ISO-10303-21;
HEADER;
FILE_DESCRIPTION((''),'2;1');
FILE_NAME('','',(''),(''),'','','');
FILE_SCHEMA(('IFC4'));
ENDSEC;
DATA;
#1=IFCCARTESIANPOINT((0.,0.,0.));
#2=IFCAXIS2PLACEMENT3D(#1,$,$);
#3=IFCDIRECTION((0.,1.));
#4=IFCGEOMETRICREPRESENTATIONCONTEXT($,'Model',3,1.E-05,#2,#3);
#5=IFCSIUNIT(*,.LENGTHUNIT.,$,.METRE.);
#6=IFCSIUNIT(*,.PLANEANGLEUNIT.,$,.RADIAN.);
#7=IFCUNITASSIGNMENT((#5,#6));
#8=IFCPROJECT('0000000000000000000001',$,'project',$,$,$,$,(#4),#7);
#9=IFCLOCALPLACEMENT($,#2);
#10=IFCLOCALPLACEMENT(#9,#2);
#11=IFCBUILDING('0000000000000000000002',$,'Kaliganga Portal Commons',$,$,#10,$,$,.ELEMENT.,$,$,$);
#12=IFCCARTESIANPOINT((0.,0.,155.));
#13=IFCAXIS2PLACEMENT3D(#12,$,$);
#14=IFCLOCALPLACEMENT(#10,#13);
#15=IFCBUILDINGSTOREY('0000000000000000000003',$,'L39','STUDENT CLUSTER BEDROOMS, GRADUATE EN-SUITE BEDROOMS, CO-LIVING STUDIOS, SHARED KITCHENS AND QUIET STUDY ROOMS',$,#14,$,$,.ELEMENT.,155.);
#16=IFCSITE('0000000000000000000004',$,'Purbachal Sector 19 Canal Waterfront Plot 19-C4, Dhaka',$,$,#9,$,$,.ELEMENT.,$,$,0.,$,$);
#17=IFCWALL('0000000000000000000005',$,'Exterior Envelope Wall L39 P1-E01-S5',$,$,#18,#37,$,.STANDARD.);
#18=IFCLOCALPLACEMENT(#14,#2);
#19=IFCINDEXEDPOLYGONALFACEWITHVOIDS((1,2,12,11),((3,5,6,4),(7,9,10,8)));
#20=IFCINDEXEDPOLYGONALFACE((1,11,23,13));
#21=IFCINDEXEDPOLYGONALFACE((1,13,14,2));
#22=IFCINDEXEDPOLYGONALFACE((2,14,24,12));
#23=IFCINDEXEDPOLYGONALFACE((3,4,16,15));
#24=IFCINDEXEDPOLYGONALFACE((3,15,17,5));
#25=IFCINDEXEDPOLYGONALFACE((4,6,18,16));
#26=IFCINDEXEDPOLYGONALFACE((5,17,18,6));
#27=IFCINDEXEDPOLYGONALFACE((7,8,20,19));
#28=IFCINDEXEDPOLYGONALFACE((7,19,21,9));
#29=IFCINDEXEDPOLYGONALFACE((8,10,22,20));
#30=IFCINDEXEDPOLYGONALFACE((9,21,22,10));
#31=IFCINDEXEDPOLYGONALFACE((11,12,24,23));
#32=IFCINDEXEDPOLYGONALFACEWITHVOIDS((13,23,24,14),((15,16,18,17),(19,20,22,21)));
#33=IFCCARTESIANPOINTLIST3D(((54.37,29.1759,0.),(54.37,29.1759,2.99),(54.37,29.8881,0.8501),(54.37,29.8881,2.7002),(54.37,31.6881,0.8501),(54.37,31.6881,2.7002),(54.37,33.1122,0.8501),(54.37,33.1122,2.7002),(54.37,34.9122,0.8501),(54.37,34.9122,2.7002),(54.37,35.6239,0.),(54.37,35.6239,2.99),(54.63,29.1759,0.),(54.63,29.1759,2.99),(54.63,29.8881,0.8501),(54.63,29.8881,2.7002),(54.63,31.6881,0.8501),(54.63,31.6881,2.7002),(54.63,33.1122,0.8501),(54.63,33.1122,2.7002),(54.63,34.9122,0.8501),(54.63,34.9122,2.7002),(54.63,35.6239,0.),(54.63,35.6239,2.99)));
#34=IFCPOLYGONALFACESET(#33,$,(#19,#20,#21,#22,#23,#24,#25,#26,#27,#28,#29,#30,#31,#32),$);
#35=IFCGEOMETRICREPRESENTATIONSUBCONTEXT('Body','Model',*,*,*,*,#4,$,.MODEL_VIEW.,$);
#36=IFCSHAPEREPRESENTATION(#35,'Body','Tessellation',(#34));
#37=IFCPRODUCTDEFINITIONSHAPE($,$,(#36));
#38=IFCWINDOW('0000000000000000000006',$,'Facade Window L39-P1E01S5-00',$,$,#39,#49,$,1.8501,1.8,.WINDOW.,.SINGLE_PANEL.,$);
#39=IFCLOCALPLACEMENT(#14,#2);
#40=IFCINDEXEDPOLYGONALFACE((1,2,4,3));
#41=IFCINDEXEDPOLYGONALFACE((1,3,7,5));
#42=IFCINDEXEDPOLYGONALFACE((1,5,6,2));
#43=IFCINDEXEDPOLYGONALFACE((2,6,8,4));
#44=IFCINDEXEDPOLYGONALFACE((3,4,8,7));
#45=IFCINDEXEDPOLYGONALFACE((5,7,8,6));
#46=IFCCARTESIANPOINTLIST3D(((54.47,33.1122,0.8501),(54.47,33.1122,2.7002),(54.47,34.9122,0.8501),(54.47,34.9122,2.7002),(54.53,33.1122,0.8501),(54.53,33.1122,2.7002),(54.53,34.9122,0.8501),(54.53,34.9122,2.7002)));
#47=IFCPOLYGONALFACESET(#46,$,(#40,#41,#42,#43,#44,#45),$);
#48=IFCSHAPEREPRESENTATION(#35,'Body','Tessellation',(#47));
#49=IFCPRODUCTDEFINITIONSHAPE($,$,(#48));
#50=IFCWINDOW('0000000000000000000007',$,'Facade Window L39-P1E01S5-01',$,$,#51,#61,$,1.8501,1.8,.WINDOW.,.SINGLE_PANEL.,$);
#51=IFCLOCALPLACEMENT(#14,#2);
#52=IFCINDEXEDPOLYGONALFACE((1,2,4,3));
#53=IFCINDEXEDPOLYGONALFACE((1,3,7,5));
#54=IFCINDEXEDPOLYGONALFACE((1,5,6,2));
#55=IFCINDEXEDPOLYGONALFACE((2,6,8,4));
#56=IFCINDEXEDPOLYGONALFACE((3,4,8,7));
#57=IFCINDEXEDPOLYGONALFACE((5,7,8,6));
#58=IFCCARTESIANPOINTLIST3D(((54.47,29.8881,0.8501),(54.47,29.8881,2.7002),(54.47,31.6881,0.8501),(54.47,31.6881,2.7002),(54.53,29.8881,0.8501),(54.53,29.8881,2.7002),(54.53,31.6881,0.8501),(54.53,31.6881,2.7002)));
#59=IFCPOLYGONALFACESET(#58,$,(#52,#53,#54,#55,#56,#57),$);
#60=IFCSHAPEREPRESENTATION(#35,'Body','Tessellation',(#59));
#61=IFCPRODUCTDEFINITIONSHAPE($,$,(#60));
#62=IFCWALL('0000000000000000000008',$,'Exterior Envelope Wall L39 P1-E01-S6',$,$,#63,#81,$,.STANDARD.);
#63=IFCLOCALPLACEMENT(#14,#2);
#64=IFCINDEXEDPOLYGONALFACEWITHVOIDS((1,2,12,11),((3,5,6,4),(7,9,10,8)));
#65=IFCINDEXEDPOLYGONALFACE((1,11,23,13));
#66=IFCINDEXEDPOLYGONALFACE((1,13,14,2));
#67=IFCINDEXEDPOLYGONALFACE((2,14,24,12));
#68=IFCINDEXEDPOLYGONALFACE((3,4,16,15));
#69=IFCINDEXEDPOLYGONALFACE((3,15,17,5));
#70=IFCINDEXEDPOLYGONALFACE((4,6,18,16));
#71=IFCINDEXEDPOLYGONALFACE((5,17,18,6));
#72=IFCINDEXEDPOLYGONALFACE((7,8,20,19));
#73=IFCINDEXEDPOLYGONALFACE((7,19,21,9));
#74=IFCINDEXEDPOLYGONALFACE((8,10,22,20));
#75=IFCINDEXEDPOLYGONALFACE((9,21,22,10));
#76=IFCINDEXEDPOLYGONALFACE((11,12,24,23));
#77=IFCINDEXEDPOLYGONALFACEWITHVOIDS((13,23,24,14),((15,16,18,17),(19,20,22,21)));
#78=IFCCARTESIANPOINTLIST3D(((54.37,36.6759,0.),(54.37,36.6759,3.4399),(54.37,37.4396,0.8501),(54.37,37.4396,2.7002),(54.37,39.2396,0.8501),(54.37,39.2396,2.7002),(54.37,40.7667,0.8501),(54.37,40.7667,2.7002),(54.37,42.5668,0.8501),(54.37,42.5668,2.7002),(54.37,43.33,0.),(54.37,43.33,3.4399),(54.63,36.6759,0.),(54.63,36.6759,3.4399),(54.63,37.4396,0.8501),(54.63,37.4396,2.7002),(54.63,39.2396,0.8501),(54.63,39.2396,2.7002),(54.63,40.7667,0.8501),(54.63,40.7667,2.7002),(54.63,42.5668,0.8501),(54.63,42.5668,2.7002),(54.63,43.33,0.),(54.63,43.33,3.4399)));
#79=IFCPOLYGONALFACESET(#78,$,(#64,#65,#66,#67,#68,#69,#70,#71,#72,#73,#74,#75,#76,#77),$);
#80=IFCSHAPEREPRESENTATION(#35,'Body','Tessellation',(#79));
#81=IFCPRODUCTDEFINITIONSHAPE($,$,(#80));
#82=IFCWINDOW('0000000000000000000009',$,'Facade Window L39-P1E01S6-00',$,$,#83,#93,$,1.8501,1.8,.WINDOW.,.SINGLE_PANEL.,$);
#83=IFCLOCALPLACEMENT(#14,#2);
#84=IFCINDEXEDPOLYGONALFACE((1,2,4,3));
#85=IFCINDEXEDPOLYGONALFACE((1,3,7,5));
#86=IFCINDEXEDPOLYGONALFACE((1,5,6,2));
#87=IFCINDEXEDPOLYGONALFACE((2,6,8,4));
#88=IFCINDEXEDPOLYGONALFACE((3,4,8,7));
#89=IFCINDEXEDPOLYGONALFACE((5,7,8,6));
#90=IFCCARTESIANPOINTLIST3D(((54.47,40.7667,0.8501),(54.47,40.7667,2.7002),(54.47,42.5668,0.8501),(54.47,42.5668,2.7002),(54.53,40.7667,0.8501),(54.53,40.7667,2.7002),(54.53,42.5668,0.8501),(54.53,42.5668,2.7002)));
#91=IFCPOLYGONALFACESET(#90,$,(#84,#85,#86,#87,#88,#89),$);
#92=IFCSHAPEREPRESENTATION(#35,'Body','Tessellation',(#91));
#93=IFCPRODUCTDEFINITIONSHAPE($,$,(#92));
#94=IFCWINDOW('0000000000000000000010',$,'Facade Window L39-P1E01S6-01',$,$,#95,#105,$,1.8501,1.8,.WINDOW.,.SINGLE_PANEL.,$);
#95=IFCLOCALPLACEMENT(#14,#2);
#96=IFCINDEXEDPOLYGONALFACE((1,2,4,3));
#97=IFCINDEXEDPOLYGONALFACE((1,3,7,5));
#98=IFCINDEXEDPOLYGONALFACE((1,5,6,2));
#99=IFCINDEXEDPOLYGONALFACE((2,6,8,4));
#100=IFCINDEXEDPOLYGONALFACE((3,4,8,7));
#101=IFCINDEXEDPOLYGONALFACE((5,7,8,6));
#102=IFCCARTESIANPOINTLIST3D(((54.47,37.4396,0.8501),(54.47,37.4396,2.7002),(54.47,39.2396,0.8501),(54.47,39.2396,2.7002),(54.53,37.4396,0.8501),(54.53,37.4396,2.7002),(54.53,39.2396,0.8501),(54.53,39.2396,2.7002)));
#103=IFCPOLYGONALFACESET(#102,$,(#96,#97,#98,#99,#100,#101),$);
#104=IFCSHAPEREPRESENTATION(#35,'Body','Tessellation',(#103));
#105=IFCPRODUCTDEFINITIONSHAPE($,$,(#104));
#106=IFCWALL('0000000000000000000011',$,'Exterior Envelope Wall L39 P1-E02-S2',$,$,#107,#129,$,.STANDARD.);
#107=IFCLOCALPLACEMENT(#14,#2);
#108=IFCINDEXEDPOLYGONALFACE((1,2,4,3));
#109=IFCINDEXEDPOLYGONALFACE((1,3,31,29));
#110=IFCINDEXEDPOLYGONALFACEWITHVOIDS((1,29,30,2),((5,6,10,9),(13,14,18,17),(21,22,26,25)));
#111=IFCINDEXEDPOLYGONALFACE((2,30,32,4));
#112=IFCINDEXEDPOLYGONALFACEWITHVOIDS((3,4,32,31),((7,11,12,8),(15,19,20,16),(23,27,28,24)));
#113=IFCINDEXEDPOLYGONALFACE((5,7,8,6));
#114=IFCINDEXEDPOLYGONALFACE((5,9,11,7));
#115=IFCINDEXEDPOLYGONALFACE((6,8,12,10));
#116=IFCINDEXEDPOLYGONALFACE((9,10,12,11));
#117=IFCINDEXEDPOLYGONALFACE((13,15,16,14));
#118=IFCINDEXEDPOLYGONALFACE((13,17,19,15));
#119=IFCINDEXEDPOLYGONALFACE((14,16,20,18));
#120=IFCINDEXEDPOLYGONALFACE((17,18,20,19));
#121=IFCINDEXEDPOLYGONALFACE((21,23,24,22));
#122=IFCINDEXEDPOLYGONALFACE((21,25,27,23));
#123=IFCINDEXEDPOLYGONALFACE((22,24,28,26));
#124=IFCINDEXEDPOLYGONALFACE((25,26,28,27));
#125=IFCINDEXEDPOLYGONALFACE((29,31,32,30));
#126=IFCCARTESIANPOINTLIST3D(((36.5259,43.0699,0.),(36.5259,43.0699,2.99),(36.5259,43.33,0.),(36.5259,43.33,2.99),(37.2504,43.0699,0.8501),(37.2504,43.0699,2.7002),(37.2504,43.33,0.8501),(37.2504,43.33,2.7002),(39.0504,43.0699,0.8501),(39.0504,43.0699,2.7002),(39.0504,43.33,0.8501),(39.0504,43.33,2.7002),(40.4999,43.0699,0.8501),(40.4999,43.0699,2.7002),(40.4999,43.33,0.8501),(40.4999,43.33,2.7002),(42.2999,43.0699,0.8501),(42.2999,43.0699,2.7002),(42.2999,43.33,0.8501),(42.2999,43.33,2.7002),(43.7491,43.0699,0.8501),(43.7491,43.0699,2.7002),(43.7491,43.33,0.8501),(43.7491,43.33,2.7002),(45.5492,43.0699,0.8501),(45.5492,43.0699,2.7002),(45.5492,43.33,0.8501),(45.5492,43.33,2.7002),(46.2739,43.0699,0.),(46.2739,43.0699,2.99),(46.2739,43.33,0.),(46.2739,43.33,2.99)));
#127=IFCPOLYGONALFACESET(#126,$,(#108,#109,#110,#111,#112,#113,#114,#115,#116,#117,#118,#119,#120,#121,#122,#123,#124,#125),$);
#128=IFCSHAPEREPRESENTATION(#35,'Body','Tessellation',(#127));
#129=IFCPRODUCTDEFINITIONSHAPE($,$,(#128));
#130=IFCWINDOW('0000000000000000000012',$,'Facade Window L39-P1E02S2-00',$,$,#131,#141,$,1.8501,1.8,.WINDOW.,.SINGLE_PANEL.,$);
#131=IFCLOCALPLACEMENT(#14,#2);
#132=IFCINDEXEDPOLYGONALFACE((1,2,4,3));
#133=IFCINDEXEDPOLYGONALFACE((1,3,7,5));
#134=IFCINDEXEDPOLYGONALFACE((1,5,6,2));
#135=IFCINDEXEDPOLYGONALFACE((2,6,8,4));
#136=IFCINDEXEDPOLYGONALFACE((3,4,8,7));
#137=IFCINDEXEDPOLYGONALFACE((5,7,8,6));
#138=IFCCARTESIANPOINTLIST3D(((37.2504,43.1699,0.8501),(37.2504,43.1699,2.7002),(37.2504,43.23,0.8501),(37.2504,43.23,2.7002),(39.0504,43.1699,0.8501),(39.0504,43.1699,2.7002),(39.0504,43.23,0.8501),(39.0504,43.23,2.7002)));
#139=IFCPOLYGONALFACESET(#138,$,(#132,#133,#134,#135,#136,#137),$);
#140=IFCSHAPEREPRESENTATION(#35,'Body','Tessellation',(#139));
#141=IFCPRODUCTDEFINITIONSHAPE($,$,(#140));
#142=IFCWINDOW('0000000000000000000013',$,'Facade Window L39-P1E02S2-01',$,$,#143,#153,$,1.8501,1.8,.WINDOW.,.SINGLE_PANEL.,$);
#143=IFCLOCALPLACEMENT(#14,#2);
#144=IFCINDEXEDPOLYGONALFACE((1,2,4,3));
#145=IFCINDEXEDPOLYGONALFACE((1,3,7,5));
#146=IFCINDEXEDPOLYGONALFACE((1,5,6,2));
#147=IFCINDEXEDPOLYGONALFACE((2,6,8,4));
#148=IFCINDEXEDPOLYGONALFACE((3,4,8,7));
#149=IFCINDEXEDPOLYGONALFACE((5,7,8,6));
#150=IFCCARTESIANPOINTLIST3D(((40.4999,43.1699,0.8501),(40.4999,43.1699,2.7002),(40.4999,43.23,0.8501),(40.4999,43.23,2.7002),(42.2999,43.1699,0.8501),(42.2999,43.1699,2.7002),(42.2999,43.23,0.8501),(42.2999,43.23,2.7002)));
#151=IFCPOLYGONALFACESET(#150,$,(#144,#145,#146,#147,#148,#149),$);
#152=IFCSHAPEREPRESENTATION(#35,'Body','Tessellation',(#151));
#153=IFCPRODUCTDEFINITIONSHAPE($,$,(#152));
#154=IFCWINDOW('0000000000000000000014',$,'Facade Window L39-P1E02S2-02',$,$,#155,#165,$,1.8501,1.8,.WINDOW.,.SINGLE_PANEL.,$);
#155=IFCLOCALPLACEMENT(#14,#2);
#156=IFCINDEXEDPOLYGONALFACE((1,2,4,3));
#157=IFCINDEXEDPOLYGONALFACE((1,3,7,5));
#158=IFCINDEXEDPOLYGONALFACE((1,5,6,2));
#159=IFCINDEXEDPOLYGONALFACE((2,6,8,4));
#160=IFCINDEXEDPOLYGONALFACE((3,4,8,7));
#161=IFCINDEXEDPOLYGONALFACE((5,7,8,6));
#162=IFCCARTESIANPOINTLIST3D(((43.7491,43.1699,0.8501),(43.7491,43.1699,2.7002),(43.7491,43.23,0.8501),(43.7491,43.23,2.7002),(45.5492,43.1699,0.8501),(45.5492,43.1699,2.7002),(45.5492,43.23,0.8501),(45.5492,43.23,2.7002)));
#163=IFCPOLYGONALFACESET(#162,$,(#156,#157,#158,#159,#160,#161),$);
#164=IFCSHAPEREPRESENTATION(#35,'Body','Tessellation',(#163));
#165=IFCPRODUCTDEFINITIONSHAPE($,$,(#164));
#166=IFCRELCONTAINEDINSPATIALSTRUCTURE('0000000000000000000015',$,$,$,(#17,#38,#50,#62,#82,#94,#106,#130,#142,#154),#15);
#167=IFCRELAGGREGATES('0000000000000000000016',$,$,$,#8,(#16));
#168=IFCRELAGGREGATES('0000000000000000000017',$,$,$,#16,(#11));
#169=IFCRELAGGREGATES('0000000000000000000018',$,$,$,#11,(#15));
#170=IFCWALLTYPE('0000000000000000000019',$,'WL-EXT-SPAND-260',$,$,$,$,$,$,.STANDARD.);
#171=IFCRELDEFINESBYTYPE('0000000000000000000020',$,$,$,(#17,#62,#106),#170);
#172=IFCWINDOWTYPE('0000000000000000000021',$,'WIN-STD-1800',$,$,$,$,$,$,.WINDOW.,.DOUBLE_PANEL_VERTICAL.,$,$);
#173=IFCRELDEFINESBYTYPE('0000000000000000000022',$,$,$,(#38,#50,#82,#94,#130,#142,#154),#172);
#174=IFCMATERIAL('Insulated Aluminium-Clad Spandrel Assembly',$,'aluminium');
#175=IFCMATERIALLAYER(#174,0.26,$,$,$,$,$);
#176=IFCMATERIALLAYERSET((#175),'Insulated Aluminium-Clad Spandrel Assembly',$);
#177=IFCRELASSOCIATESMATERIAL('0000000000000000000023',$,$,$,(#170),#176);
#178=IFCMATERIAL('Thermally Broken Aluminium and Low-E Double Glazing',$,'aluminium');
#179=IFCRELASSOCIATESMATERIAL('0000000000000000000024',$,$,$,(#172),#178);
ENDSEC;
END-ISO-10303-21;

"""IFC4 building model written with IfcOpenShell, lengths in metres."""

from ifc_helpers import new_model, si_unit, direction, frame, frame_2d, origin, place, context, subcontext, project, spatial, rectangle, extrude, material, layer, layer_set, type_object, element, fill, save


model = new_model("IFC4")

# Units and contexts
model_context = context("Model", 3, precision=1e-05, world=origin(), true_north=direction((0.0, 1.0)))
body_context = subcontext(model_context, "Body", "Model", "MODEL_VIEW")
ifc_project = project(units=[si_unit("LENGTHUNIT", "METRE"), si_unit("PLANEANGLEUNIT", "RADIAN")], contexts=[model_context])

# Site, building, storey
site_placement = place(None, origin())
site = spatial("IfcSite", under=ifc_project, at=site_placement, Name="Purbachal Sector 19 Canal Waterfront Plot 19-C4, Dhaka", CompositionType="ELEMENT", RefElevation=0.0)
building_placement = place(site_placement, origin())
building = spatial("IfcBuilding", under=site, at=building_placement, Name="Kaliganga Portal Commons", CompositionType="ELEMENT")
storey_placement = place(building_placement, frame((0.0, 0.0, 155.0)))
storey = spatial("IfcBuildingStorey", under=building, at=storey_placement, Name="L39", Description="STUDENT CLUSTER BEDROOMS, GRADUATE EN-SUITE BEDROOMS, CO-LIVING STUDIOS, SHARED KITCHENS AND QUIET STUDY ROOMS", CompositionType="ELEMENT", Elevation=155.0)

# Walls, openings, windows
ifc_material_1 = material(Name="Insulated Aluminium-Clad Spandrel Assembly", Category="aluminium")
ifc_layer_1 = layer(ifc_material_1, 0.26)
ifc_layer_set_1 = layer_set([ifc_layer_1], Name="Insulated Aluminium-Clad Spandrel Assembly")
wall_type_1 = type_object("IfcWallType", Name="WL-EXT-SPAND-260", PredefinedType="STANDARD", material=ifc_layer_set_1)
wall_1_placement = place(storey_placement, frame((54.5, 35.624, 0.0), z_axis=(0.0, 0.0, 1.0), x_axis=(0.0, -1.0, 0.0)))
wall_1 = element("IfcWall", 1, at=wall_1_placement, inside=storey, type_object=wall_type_1, Name="Exterior Envelope Wall L39 P1-E01-S5", PredefinedType="STANDARD", context=body_context, shape_type="SweptSolid", body=[
    extrude(rectangle(XDim=6.448, YDim=0.26, at=frame_2d((3.2241, 0.0))), origin(), (0.0, 0.0, 1.0), 2.99),
])
opening_1_placement = place(wall_1_placement, frame((0.7119, 0.0, 0.8501)))
opening_1 = element("IfcOpeningElement", 2, at=opening_1_placement, cuts=wall_1, PredefinedType="OPENING", context=body_context, shape_type="SweptSolid", body=[
    extrude(rectangle(XDim=1.8, YDim=1.8501, at=frame_2d((0.8999, 0.925))), frame((0.0, 0.1401, 0.0), z_axis=(0.0, -1.0, 0.0), x_axis=(1.0, 0.0, 0.0)), (0.0, 0.0, 1.0), 0.28),
])
opening_2_placement = place(wall_1_placement, frame((3.936, 0.0, 0.8501)))
opening_2 = element("IfcOpeningElement", 3, at=opening_2_placement, cuts=wall_1, PredefinedType="OPENING", context=body_context, shape_type="SweptSolid", body=[
    extrude(rectangle(XDim=1.8, YDim=1.8501, at=frame_2d((0.8999, 0.925))), frame((0.0, 0.1401, 0.0), z_axis=(0.0, -1.0, 0.0), x_axis=(1.0, 0.0, 0.0)), (0.0, 0.0, 1.0), 0.28),
])
ifc_material_2 = material(Name="Thermally Broken Aluminium and Low-E Double Glazing", Category="aluminium")
window_type = type_object("IfcWindowType", Name="WIN-STD-1800", PartitioningType="DOUBLE_PANEL_VERTICAL", PredefinedType="WINDOW", material=ifc_material_2)
window_1_placement = place(opening_1_placement, origin())
window_1 = element("IfcWindow", 4, at=window_1_placement, inside=storey, type_object=window_type, Name="Facade Window L39-P1E01S5-00", OverallHeight=1.8501, OverallWidth=1.8, PartitioningType="SINGLE_PANEL", PredefinedType="WINDOW", context=body_context, shape_type="SweptSolid", body=[
    extrude(rectangle(XDim=1.8, YDim=1.8501, at=frame_2d((0.8999, 0.925))), frame((0.0, 0.03, 0.0), z_axis=(0.0, -1.0, 0.0), x_axis=(1.0, 0.0, 0.0)), (0.0, 0.0, 1.0), 0.0601),
])
fill(opening_1, window_1)
window_2_placement = place(opening_2_placement, origin())
window_2 = element("IfcWindow", 5, at=window_2_placement, inside=storey, type_object=window_type, Name="Facade Window L39-P1E01S5-01", OverallHeight=1.8501, OverallWidth=1.8, PartitioningType="SINGLE_PANEL", PredefinedType="WINDOW", context=body_context, shape_type="SweptSolid", body=[
    extrude(rectangle(XDim=1.8, YDim=1.8501, at=frame_2d((0.8999, 0.925))), frame((0.0, 0.03, 0.0), z_axis=(0.0, -1.0, 0.0), x_axis=(1.0, 0.0, 0.0)), (0.0, 0.0, 1.0), 0.0601),
])
fill(opening_2, window_2)
wall_2_placement = place(storey_placement, frame((54.5, 43.3301, 0.0), z_axis=(0.0, 0.0, 1.0), x_axis=(0.0, -1.0, 0.0)))
wall_2 = element("IfcWall", 6, at=wall_2_placement, inside=storey, type_object=wall_type_1, Name="Exterior Envelope Wall L39 P1-E01-S6", PredefinedType="STANDARD", context=body_context, shape_type="SweptSolid", body=[
    extrude(rectangle(XDim=6.6541, YDim=0.26, at=frame_2d((3.3271, 0.0))), origin(), (0.0, 0.0, 1.0), 3.4399),
])
opening_3_placement = place(wall_2_placement, frame((0.7634, 0.0, 0.8501)))
opening_3 = element("IfcOpeningElement", 7, at=opening_3_placement, cuts=wall_2, PredefinedType="OPENING", context=body_context, shape_type="SweptSolid", body=[
    extrude(rectangle(XDim=1.8, YDim=1.8501, at=frame_2d((0.8999, 0.925))), frame((0.0, 0.1401, 0.0), z_axis=(0.0, -1.0, 0.0), x_axis=(1.0, 0.0, 0.0)), (0.0, 0.0, 1.0), 0.28),
])
opening_4_placement = place(wall_2_placement, frame((4.0906, 0.0, 0.8501)))
opening_4 = element("IfcOpeningElement", 8, at=opening_4_placement, cuts=wall_2, PredefinedType="OPENING", context=body_context, shape_type="SweptSolid", body=[
    extrude(rectangle(XDim=1.8, YDim=1.8501, at=frame_2d((0.8999, 0.925))), frame((0.0, 0.1401, 0.0), z_axis=(0.0, -1.0, 0.0), x_axis=(1.0, 0.0, 0.0)), (0.0, 0.0, 1.0), 0.28),
])
window_3_placement = place(opening_3_placement, origin())
window_3 = element("IfcWindow", 9, at=window_3_placement, inside=storey, type_object=window_type, Name="Facade Window L39-P1E01S6-00", OverallHeight=1.8501, OverallWidth=1.8, PartitioningType="SINGLE_PANEL", PredefinedType="WINDOW", context=body_context, shape_type="SweptSolid", body=[
    extrude(rectangle(XDim=1.8, YDim=1.8501, at=frame_2d((0.8999, 0.925))), frame((0.0, 0.03, 0.0), z_axis=(0.0, -1.0, 0.0), x_axis=(1.0, 0.0, 0.0)), (0.0, 0.0, 1.0), 0.0601),
])
fill(opening_3, window_3)
window_4_placement = place(opening_4_placement, origin())
window_4 = element("IfcWindow", 10, at=window_4_placement, inside=storey, type_object=window_type, Name="Facade Window L39-P1E01S6-01", OverallHeight=1.8501, OverallWidth=1.8, PartitioningType="SINGLE_PANEL", PredefinedType="WINDOW", context=body_context, shape_type="SweptSolid", body=[
    extrude(rectangle(XDim=1.8, YDim=1.8501, at=frame_2d((0.8999, 0.925))), frame((0.0, 0.03, 0.0), z_axis=(0.0, -1.0, 0.0), x_axis=(1.0, 0.0, 0.0)), (0.0, 0.0, 1.0), 0.0601),
])
fill(opening_4, window_4)

# Wall, openings, windows
wall_3_placement = place(storey_placement, frame((36.5259, 43.2, 0.0), z_axis=(0.0, 0.0, 1.0), x_axis=(1.0, 0.0, 0.0)))
wall_3 = element("IfcWall", 11, at=wall_3_placement, inside=storey, type_object=wall_type_1, Name="Exterior Envelope Wall L39 P1-E02-S2", PredefinedType="STANDARD", context=body_context, shape_type="SweptSolid", body=[
    extrude(rectangle(XDim=9.748, YDim=0.26, at=frame_2d((4.874, 0.0))), origin(), (0.0, 0.0, 1.0), 2.99),
])
opening_5_placement = place(wall_3_placement, frame((0.7246, 0.0, 0.8501)))
opening_5 = element("IfcOpeningElement", 12, at=opening_5_placement, cuts=wall_3, PredefinedType="OPENING", context=body_context, shape_type="SweptSolid", body=[
    extrude(rectangle(XDim=1.8, YDim=1.8501, at=frame_2d((0.8999, 0.925))), frame((0.0, 0.1401, 0.0), z_axis=(0.0, -1.0, 0.0), x_axis=(1.0, 0.0, 0.0)), (0.0, 0.0, 1.0), 0.28),
])
opening_6_placement = place(wall_3_placement, frame((3.9741, 0.0, 0.8501)))
opening_6 = element("IfcOpeningElement", 13, at=opening_6_placement, cuts=wall_3, PredefinedType="OPENING", context=body_context, shape_type="SweptSolid", body=[
    extrude(rectangle(XDim=1.8, YDim=1.8501, at=frame_2d((0.8999, 0.925))), frame((0.0, 0.1401, 0.0), z_axis=(0.0, -1.0, 0.0), x_axis=(1.0, 0.0, 0.0)), (0.0, 0.0, 1.0), 0.28),
])
opening_7_placement = place(wall_3_placement, frame((7.2234, 0.0, 0.8501)))
opening_7 = element("IfcOpeningElement", 14, at=opening_7_placement, cuts=wall_3, PredefinedType="OPENING", context=body_context, shape_type="SweptSolid", body=[
    extrude(rectangle(XDim=1.8, YDim=1.8501, at=frame_2d((0.8999, 0.925))), frame((0.0, 0.1401, 0.0), z_axis=(0.0, -1.0, 0.0), x_axis=(1.0, 0.0, 0.0)), (0.0, 0.0, 1.0), 0.28),
])
window_5_placement = place(opening_5_placement, origin())
window_5 = element("IfcWindow", 15, at=window_5_placement, inside=storey, type_object=window_type, Name="Facade Window L39-P1E02S2-00", OverallHeight=1.8501, OverallWidth=1.8, PartitioningType="SINGLE_PANEL", PredefinedType="WINDOW", context=body_context, shape_type="SweptSolid", body=[
    extrude(rectangle(XDim=1.8, YDim=1.8501, at=frame_2d((0.8999, 0.925))), frame((0.0, 0.03, 0.0), z_axis=(0.0, -1.0, 0.0), x_axis=(1.0, 0.0, 0.0)), (0.0, 0.0, 1.0), 0.0601),
])
fill(opening_5, window_5)
window_6_placement = place(opening_6_placement, origin())
window_6 = element("IfcWindow", 16, at=window_6_placement, inside=storey, type_object=window_type, Name="Facade Window L39-P1E02S2-01", OverallHeight=1.8501, OverallWidth=1.8, PartitioningType="SINGLE_PANEL", PredefinedType="WINDOW", context=body_context, shape_type="SweptSolid", body=[
    extrude(rectangle(XDim=1.8, YDim=1.8501, at=frame_2d((0.8999, 0.925))), frame((0.0, 0.03, 0.0), z_axis=(0.0, -1.0, 0.0), x_axis=(1.0, 0.0, 0.0)), (0.0, 0.0, 1.0), 0.0601),
])
fill(opening_6, window_6)
window_7_placement = place(opening_7_placement, origin())
window_7 = element("IfcWindow", 17, at=window_7_placement, inside=storey, type_object=window_type, Name="Facade Window L39-P1E02S2-02", OverallHeight=1.8501, OverallWidth=1.8, PartitioningType="SINGLE_PANEL", PredefinedType="WINDOW", context=body_context, shape_type="SweptSolid", body=[
    extrude(rectangle(XDim=1.8, YDim=1.8501, at=frame_2d((0.8999, 0.925))), frame((0.0, 0.03, 0.0), z_axis=(0.0, -1.0, 0.0), x_axis=(1.0, 0.0, 0.0)), (0.0, 0.0, 1.0), 0.0601),
])
fill(opening_7, window_7)

save(model, "model.ifc")
